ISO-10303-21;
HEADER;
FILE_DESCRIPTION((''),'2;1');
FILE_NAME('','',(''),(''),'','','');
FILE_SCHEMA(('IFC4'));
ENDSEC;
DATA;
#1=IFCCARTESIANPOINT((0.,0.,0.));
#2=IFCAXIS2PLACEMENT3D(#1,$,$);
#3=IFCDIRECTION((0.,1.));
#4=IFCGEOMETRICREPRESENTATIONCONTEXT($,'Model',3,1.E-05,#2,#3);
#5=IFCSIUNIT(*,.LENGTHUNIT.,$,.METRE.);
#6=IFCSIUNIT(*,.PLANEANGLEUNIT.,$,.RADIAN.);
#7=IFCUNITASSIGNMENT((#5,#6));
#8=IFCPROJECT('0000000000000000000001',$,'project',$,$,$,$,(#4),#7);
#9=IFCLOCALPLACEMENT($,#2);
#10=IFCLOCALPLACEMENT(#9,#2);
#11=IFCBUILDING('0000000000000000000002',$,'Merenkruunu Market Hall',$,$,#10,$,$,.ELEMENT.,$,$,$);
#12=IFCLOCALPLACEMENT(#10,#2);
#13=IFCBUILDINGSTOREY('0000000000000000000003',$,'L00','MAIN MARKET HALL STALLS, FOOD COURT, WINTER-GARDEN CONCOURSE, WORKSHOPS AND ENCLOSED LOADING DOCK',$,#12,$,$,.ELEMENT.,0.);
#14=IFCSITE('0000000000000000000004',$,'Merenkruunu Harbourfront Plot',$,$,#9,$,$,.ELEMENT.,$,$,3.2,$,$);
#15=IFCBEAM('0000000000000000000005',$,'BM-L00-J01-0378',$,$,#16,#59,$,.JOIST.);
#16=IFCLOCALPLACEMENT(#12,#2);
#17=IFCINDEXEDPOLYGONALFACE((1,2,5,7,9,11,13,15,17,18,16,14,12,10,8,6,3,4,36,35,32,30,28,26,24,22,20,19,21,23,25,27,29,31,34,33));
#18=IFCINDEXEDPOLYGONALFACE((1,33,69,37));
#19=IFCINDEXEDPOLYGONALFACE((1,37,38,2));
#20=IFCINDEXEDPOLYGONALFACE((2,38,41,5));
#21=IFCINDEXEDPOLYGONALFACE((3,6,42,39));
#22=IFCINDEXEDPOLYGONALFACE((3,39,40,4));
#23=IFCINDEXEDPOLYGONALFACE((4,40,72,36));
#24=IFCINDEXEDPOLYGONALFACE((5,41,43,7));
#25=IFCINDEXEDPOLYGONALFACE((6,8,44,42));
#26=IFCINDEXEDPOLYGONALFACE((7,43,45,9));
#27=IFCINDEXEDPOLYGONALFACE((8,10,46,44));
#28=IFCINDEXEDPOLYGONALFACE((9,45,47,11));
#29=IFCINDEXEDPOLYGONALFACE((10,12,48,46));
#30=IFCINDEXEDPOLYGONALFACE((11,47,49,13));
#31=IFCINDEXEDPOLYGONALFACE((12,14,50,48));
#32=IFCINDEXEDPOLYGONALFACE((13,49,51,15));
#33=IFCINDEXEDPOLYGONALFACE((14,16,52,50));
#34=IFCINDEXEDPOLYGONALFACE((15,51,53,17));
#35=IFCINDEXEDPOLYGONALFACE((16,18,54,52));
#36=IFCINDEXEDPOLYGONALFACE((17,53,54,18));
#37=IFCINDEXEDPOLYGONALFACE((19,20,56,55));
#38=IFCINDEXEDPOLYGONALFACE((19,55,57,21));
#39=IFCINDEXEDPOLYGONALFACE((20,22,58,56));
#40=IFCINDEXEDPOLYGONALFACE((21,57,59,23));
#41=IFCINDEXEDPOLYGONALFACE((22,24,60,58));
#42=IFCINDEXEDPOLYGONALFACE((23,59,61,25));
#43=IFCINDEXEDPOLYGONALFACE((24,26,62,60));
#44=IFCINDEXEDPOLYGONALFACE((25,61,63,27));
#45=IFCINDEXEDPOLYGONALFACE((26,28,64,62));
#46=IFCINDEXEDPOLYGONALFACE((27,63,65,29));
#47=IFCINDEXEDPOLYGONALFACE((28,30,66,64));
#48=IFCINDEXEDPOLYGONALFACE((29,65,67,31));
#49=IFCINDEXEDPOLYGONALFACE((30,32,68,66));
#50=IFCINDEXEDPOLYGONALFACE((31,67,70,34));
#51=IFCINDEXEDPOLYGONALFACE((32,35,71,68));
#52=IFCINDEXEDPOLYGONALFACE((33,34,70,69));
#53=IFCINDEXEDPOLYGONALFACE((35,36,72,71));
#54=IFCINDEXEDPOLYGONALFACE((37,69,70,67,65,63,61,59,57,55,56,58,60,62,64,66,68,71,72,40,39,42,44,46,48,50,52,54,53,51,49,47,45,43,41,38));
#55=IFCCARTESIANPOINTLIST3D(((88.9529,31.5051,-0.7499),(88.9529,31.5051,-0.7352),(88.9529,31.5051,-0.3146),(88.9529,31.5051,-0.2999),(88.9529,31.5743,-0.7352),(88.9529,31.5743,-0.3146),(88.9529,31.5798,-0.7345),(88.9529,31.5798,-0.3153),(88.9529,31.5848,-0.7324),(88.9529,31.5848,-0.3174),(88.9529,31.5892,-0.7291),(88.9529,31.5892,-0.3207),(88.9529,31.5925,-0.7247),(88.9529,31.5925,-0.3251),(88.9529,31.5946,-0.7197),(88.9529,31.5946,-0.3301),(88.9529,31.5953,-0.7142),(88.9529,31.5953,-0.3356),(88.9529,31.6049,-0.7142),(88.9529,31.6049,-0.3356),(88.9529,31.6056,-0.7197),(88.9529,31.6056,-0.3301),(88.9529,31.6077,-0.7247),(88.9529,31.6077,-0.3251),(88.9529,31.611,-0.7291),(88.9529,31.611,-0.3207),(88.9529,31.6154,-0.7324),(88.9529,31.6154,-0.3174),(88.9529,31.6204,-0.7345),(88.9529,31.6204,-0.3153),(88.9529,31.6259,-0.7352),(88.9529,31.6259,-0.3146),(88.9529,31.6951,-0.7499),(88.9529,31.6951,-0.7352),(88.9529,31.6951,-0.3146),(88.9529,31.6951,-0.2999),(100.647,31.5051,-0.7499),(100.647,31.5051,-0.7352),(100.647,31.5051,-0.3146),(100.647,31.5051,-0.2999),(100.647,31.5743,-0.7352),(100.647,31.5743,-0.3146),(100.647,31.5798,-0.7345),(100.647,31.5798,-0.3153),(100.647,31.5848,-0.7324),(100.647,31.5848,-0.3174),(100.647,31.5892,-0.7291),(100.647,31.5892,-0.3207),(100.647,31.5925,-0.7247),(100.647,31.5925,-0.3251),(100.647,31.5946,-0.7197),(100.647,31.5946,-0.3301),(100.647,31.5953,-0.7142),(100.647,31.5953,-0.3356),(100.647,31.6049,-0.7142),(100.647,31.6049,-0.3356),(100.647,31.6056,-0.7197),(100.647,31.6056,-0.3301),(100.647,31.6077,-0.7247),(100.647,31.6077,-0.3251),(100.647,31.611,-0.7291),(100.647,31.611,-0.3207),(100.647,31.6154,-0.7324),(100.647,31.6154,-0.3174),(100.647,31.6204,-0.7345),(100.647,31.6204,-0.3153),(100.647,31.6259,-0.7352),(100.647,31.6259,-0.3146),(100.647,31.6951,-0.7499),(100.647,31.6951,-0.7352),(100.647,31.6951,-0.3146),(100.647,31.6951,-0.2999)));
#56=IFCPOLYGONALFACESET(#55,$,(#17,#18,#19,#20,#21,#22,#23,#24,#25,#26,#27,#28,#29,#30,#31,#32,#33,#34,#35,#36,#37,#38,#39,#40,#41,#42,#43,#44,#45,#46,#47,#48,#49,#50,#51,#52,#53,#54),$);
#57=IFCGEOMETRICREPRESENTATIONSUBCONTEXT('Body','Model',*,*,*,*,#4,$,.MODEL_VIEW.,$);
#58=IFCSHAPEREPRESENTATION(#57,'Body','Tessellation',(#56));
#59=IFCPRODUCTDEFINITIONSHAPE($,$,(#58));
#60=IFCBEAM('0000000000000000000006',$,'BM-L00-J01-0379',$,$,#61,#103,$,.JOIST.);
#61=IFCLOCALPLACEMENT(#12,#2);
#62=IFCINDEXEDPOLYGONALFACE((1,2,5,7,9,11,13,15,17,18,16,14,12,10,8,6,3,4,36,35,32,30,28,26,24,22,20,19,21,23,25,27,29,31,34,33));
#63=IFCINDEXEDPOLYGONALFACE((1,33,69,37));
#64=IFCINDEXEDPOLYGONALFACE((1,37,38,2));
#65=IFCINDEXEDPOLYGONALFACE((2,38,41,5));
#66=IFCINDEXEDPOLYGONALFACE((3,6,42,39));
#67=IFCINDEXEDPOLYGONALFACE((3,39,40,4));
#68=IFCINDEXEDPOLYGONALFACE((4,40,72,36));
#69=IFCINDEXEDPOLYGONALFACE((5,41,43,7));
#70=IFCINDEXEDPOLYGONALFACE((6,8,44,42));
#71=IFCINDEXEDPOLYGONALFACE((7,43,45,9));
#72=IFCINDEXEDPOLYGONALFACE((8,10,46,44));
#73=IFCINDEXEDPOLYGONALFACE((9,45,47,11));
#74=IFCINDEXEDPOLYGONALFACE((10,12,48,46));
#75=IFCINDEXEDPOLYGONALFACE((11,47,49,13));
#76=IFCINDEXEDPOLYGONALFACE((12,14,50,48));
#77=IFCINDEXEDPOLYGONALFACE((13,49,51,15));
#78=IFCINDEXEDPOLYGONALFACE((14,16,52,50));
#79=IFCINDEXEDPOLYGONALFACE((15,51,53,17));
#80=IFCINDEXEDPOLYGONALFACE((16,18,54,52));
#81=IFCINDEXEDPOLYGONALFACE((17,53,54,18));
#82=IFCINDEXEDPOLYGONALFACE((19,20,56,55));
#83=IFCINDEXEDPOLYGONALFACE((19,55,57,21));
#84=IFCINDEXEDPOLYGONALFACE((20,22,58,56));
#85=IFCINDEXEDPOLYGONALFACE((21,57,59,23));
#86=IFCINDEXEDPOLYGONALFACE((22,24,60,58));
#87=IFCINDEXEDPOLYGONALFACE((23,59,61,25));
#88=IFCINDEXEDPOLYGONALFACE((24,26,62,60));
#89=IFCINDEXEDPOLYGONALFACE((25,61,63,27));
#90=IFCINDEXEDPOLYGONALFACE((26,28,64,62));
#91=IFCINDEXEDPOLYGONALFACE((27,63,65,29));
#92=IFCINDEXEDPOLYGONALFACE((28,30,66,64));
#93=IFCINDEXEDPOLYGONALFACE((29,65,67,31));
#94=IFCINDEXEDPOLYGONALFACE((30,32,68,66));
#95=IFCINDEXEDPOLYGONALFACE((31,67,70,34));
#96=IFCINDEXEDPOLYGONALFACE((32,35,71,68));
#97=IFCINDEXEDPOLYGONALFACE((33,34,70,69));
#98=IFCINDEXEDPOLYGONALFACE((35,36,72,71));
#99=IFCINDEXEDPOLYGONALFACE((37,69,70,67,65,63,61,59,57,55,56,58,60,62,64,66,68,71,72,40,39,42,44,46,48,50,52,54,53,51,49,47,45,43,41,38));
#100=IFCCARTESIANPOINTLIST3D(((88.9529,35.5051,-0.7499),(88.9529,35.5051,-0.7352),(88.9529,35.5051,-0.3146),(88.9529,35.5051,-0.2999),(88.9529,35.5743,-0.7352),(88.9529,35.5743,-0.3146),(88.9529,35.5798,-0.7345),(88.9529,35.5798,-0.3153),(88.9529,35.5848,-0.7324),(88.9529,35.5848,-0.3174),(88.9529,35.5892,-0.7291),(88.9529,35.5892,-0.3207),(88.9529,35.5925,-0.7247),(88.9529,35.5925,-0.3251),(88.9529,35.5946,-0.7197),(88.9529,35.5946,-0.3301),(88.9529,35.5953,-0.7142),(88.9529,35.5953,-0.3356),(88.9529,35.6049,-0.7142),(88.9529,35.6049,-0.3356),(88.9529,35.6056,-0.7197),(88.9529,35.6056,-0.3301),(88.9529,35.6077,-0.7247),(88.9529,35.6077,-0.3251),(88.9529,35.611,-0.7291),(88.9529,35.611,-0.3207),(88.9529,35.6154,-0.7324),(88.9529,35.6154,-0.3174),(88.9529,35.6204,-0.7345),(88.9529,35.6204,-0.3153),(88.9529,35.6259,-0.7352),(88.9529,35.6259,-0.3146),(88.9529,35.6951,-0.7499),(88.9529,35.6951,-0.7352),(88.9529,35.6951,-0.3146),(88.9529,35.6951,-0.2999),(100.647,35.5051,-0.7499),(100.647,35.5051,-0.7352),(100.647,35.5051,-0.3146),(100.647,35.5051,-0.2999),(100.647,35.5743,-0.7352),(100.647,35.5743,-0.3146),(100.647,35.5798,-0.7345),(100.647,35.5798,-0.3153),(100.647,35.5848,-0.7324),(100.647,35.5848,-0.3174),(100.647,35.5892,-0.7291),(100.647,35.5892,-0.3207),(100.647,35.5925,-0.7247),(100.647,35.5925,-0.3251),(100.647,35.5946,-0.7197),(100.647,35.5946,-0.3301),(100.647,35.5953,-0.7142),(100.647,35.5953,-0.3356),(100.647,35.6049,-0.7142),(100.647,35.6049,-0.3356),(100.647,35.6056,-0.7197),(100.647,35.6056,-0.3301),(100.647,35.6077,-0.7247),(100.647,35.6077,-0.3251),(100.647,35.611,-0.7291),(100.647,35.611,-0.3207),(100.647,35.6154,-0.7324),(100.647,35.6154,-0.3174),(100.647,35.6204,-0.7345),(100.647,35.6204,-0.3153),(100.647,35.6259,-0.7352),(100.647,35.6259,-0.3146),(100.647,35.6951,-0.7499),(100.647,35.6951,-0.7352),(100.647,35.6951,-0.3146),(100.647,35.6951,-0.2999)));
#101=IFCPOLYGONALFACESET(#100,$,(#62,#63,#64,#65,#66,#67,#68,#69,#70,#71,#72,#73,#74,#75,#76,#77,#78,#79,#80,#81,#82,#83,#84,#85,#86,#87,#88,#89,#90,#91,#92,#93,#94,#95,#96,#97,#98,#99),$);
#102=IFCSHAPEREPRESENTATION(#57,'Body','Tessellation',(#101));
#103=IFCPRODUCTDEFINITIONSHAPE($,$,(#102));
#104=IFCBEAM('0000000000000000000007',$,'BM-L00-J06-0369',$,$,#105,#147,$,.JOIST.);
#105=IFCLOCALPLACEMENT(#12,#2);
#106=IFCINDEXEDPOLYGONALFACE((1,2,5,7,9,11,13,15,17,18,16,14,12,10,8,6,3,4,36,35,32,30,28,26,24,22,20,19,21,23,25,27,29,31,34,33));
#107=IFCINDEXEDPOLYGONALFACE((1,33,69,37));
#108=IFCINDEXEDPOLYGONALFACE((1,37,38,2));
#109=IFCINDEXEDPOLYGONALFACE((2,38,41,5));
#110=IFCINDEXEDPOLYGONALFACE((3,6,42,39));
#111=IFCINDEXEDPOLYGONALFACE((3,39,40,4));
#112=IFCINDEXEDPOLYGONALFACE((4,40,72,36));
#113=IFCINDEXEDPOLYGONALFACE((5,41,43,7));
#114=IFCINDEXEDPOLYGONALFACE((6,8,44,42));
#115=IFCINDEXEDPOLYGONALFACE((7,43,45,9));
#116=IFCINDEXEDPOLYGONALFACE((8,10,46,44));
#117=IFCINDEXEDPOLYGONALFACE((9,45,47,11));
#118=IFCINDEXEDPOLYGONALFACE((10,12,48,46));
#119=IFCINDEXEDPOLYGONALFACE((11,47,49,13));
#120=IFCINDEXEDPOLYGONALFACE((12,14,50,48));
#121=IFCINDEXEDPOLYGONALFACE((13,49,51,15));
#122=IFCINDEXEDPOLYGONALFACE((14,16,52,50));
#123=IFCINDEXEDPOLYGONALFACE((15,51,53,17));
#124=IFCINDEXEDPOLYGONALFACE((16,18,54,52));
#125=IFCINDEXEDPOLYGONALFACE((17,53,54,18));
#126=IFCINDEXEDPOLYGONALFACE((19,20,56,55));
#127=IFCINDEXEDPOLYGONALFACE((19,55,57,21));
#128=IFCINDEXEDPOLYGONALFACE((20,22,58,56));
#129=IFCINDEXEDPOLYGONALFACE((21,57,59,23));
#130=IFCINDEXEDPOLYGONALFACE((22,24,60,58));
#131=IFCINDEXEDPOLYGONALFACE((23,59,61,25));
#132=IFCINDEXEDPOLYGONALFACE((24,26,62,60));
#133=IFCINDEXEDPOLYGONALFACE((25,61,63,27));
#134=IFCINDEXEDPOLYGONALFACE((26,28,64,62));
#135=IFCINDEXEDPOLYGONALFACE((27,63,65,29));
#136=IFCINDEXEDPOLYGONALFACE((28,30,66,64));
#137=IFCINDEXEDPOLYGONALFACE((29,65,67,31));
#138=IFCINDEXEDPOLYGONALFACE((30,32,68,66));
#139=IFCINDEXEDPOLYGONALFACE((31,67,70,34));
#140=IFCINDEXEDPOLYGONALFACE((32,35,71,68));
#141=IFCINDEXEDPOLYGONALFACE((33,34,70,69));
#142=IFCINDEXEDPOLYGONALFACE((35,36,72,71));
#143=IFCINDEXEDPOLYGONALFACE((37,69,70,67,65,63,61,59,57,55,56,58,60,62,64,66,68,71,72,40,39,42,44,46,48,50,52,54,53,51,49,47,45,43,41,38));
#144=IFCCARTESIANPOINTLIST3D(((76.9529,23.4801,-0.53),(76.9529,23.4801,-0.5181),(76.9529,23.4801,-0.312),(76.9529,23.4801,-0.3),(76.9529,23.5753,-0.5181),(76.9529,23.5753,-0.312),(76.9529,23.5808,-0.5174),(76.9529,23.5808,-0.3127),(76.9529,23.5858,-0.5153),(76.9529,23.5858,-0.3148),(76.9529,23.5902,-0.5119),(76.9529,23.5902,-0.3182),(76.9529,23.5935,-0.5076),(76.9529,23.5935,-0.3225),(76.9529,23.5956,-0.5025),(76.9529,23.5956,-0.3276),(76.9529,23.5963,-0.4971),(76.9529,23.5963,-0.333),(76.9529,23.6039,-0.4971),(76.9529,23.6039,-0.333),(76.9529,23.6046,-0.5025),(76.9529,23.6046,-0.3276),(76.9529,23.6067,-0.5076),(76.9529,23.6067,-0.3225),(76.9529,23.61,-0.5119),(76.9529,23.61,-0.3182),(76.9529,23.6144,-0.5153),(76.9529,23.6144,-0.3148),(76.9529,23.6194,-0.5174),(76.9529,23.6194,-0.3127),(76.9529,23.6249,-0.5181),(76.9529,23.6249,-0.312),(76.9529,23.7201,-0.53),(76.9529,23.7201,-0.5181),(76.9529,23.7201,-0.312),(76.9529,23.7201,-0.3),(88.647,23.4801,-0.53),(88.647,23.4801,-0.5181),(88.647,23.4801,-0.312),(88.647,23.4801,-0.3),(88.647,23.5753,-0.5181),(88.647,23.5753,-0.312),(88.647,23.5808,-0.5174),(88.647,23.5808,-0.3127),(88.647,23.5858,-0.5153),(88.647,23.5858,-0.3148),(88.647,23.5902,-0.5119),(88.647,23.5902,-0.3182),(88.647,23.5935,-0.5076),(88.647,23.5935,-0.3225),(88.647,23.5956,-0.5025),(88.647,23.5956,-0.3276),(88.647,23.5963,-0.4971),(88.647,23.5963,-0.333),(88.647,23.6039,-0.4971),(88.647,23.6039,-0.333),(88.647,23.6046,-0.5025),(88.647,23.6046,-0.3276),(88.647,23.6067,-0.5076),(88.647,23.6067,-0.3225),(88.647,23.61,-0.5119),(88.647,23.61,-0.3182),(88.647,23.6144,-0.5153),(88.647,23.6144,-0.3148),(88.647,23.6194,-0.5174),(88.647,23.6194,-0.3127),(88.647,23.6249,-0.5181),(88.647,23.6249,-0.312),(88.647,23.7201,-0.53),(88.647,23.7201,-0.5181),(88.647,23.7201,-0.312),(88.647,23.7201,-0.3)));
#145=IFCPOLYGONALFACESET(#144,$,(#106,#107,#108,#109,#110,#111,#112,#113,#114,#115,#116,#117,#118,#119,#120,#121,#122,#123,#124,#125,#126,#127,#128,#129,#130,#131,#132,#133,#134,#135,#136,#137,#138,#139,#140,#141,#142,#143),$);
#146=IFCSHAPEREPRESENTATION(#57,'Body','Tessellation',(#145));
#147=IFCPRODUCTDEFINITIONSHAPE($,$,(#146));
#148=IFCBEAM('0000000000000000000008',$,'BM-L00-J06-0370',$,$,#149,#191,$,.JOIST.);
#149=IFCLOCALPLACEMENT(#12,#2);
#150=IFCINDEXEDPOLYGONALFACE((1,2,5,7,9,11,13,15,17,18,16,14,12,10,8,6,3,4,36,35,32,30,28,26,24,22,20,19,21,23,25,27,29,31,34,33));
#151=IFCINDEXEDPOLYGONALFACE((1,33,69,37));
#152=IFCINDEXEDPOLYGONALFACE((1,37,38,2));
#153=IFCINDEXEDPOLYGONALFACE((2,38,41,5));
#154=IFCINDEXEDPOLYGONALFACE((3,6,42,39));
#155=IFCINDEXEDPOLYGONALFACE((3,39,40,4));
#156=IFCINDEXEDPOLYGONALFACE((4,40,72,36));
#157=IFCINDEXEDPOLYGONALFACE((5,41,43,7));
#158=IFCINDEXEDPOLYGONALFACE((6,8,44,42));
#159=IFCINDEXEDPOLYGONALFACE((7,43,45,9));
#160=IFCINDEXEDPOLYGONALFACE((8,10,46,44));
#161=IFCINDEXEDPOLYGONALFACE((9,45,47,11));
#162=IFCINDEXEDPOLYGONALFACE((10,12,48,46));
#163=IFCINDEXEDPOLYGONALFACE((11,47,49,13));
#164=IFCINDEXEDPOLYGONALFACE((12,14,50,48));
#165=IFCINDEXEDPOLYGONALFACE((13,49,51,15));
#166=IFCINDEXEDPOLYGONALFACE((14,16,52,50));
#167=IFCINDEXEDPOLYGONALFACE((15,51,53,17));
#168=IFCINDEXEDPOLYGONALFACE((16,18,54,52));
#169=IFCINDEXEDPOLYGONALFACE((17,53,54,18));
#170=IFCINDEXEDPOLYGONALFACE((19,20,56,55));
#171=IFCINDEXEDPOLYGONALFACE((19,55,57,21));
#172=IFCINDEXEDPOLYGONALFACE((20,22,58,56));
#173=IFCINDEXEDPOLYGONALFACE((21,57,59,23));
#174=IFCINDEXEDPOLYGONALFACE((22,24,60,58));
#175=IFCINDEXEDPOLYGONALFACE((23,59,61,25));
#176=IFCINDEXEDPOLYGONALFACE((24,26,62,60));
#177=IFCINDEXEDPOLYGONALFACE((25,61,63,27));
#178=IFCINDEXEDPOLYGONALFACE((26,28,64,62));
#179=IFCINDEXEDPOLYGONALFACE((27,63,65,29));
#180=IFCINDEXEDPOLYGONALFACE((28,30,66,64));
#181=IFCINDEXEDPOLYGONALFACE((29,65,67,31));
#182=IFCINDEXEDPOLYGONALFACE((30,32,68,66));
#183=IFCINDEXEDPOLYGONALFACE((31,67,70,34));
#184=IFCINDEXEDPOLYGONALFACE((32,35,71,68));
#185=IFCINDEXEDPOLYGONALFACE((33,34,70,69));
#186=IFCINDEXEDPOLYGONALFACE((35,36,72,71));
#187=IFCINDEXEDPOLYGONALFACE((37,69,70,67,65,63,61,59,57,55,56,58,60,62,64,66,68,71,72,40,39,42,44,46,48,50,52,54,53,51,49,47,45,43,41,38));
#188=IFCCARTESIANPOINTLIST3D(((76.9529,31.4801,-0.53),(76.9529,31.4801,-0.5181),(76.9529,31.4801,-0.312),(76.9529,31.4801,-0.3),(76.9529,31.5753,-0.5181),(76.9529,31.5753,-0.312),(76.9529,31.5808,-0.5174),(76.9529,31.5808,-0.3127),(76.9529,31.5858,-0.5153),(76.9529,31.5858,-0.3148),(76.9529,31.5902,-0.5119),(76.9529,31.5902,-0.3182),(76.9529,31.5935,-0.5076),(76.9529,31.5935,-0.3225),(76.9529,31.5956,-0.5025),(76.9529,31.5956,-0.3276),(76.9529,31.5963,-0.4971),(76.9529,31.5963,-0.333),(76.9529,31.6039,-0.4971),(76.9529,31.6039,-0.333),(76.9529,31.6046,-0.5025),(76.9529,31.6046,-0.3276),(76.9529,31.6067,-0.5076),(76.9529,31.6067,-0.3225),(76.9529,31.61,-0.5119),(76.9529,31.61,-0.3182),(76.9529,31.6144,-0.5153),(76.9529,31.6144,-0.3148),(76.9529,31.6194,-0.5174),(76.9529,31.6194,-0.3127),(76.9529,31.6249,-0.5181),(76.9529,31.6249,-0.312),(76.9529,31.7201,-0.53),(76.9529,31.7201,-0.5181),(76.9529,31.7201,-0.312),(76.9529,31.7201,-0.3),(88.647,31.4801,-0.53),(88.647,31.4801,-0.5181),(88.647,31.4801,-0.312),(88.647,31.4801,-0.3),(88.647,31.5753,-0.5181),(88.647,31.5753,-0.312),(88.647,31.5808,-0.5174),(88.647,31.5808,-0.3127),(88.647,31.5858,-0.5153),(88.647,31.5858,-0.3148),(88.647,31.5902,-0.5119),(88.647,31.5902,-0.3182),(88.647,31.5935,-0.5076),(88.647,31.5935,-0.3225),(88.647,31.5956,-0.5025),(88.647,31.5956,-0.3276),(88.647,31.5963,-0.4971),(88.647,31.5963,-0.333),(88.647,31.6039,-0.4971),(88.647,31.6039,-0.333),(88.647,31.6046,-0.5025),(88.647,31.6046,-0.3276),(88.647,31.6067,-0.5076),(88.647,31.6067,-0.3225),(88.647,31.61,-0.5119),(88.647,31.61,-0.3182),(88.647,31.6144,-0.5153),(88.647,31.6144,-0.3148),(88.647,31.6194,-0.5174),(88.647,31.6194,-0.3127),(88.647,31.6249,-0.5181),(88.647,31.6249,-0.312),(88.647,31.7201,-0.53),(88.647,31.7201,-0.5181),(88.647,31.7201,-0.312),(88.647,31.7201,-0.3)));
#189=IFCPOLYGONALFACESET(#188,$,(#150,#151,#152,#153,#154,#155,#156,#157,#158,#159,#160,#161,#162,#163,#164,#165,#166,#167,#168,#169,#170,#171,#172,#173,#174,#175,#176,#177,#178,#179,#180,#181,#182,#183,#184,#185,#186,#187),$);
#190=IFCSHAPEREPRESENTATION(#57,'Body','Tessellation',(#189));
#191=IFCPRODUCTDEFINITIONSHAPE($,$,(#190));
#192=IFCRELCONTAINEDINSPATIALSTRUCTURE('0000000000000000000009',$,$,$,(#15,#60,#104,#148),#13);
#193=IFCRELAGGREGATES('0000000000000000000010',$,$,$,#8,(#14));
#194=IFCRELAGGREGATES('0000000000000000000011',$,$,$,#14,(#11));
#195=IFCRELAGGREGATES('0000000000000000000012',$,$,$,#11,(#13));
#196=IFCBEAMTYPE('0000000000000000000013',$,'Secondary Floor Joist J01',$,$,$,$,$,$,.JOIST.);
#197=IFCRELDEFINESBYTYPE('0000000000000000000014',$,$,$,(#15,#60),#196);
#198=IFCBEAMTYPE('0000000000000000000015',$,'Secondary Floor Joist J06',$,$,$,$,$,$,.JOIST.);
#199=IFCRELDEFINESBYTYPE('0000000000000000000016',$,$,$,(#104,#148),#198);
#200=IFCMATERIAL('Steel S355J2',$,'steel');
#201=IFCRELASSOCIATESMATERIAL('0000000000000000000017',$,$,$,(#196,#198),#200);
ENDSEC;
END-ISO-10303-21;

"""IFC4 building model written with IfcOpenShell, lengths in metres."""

from ifc_helpers import new_model, si_unit, direction, frame, origin, origin_2d, place, context, subcontext, project, spatial, i_section, extrude, material, material_profile, profile_set, type_object, element, save


model = new_model("IFC4")

# Units and contexts
model_context = context("Model", 3, precision=1e-05, world=origin(), true_north=direction((0.0, 1.0)))
body_context = subcontext(model_context, "Body", "Model", "MODEL_VIEW")
ifc_project = project(units=[si_unit("LENGTHUNIT", "METRE"), si_unit("PLANEANGLEUNIT", "RADIAN")], contexts=[model_context])

# Site, building, storey
site_placement = place(None, origin())
site = spatial("IfcSite", under=ifc_project, at=site_placement, Name="Merenkruunu Harbourfront Plot", CompositionType="ELEMENT", RefElevation=3.2)
building_placement = place(site_placement, origin())
building = spatial("IfcBuilding", under=site, at=building_placement, Name="Merenkruunu Market Hall", CompositionType="ELEMENT")
storey_placement = place(building_placement, origin())
storey = spatial("IfcBuildingStorey", under=building, at=storey_placement, Name="L00", Description="MAIN MARKET HALL STALLS, FOOD COURT, WINTER-GARDEN CONCOURSE, WORKSHOPS AND ENCLOSED LOADING DOCK", CompositionType="ELEMENT", Elevation=0.0)

# Shared definitions
ifc_material_1 = material(Name="Steel S355J2", Category="steel")

# Beams
ifc_material_profile_1 = material_profile(ifc_material_1, i_section(OverallWidth=0.1899, OverallDepth=0.45, WebThickness=0.0095, FlangeThickness=0.0146, FilletRadius=0.021, at=origin_2d()), Name="IPE 450")
ifc_profile_set_1 = profile_set([ifc_material_profile_1], Name="Steel S355J2")
beam_type_1 = type_object("IfcBeamType", Name="Secondary Floor Joist J01", PredefinedType="JOIST", material=ifc_profile_set_1)
for number, where, z_axis, x_axis, name in (
    (1, (88.9529, 31.6001, -0.5249), (1.0, 0.0, 0.0), (0.0, 1.0, 0.0), "BM-L00-J01-0378"),
    (2, (88.9529, 35.6001, -0.5249), (1.0, 0.0, 0.0), (0.0, 1.0, 0.0), "BM-L00-J01-0379"),
):
    element("IfcBeam", number, at=place(storey_placement, frame(where, z_axis=z_axis, x_axis=x_axis)), inside=storey, type_object=beam_type_1, Name=name, PredefinedType="JOIST", context=body_context, shape_type="SweptSolid", body=[
        extrude(i_section(OverallWidth=0.1899, OverallDepth=0.45, WebThickness=0.0095, FlangeThickness=0.0146, FilletRadius=0.021, at=origin_2d()), origin(), (0.0, 0.0, 1.0), 11.6941),
    ])
ifc_material_profile_2 = material_profile(ifc_material_1, i_section(OverallWidth=0.24, OverallDepth=0.23, WebThickness=0.0076, FlangeThickness=0.012, FilletRadius=0.021, at=origin_2d()), Name="HEA 240")
ifc_profile_set_2 = profile_set([ifc_material_profile_2], Name="Steel S355J2")
beam_type_2 = type_object("IfcBeamType", Name="Secondary Floor Joist J06", PredefinedType="JOIST", material=ifc_profile_set_2)
for number, where, z_axis, x_axis, name in (
    (3, (76.9529, 23.6001, -0.415), (1.0, 0.0, 0.0), (0.0, 1.0, 0.0), "BM-L00-J06-0369"),
    (4, (76.9529, 31.6001, -0.415), (1.0, 0.0, 0.0), (0.0, 1.0, 0.0), "BM-L00-J06-0370"),
):
    element("IfcBeam", number, at=place(storey_placement, frame(where, z_axis=z_axis, x_axis=x_axis)), inside=storey, type_object=beam_type_2, Name=name, PredefinedType="JOIST", context=body_context, shape_type="SweptSolid", body=[
        extrude(i_section(OverallWidth=0.24, OverallDepth=0.23, WebThickness=0.0076, FlangeThickness=0.012, FilletRadius=0.021, at=origin_2d()), origin(), (0.0, 0.0, 1.0), 11.6941),
    ])

save(model, "model.ifc")
